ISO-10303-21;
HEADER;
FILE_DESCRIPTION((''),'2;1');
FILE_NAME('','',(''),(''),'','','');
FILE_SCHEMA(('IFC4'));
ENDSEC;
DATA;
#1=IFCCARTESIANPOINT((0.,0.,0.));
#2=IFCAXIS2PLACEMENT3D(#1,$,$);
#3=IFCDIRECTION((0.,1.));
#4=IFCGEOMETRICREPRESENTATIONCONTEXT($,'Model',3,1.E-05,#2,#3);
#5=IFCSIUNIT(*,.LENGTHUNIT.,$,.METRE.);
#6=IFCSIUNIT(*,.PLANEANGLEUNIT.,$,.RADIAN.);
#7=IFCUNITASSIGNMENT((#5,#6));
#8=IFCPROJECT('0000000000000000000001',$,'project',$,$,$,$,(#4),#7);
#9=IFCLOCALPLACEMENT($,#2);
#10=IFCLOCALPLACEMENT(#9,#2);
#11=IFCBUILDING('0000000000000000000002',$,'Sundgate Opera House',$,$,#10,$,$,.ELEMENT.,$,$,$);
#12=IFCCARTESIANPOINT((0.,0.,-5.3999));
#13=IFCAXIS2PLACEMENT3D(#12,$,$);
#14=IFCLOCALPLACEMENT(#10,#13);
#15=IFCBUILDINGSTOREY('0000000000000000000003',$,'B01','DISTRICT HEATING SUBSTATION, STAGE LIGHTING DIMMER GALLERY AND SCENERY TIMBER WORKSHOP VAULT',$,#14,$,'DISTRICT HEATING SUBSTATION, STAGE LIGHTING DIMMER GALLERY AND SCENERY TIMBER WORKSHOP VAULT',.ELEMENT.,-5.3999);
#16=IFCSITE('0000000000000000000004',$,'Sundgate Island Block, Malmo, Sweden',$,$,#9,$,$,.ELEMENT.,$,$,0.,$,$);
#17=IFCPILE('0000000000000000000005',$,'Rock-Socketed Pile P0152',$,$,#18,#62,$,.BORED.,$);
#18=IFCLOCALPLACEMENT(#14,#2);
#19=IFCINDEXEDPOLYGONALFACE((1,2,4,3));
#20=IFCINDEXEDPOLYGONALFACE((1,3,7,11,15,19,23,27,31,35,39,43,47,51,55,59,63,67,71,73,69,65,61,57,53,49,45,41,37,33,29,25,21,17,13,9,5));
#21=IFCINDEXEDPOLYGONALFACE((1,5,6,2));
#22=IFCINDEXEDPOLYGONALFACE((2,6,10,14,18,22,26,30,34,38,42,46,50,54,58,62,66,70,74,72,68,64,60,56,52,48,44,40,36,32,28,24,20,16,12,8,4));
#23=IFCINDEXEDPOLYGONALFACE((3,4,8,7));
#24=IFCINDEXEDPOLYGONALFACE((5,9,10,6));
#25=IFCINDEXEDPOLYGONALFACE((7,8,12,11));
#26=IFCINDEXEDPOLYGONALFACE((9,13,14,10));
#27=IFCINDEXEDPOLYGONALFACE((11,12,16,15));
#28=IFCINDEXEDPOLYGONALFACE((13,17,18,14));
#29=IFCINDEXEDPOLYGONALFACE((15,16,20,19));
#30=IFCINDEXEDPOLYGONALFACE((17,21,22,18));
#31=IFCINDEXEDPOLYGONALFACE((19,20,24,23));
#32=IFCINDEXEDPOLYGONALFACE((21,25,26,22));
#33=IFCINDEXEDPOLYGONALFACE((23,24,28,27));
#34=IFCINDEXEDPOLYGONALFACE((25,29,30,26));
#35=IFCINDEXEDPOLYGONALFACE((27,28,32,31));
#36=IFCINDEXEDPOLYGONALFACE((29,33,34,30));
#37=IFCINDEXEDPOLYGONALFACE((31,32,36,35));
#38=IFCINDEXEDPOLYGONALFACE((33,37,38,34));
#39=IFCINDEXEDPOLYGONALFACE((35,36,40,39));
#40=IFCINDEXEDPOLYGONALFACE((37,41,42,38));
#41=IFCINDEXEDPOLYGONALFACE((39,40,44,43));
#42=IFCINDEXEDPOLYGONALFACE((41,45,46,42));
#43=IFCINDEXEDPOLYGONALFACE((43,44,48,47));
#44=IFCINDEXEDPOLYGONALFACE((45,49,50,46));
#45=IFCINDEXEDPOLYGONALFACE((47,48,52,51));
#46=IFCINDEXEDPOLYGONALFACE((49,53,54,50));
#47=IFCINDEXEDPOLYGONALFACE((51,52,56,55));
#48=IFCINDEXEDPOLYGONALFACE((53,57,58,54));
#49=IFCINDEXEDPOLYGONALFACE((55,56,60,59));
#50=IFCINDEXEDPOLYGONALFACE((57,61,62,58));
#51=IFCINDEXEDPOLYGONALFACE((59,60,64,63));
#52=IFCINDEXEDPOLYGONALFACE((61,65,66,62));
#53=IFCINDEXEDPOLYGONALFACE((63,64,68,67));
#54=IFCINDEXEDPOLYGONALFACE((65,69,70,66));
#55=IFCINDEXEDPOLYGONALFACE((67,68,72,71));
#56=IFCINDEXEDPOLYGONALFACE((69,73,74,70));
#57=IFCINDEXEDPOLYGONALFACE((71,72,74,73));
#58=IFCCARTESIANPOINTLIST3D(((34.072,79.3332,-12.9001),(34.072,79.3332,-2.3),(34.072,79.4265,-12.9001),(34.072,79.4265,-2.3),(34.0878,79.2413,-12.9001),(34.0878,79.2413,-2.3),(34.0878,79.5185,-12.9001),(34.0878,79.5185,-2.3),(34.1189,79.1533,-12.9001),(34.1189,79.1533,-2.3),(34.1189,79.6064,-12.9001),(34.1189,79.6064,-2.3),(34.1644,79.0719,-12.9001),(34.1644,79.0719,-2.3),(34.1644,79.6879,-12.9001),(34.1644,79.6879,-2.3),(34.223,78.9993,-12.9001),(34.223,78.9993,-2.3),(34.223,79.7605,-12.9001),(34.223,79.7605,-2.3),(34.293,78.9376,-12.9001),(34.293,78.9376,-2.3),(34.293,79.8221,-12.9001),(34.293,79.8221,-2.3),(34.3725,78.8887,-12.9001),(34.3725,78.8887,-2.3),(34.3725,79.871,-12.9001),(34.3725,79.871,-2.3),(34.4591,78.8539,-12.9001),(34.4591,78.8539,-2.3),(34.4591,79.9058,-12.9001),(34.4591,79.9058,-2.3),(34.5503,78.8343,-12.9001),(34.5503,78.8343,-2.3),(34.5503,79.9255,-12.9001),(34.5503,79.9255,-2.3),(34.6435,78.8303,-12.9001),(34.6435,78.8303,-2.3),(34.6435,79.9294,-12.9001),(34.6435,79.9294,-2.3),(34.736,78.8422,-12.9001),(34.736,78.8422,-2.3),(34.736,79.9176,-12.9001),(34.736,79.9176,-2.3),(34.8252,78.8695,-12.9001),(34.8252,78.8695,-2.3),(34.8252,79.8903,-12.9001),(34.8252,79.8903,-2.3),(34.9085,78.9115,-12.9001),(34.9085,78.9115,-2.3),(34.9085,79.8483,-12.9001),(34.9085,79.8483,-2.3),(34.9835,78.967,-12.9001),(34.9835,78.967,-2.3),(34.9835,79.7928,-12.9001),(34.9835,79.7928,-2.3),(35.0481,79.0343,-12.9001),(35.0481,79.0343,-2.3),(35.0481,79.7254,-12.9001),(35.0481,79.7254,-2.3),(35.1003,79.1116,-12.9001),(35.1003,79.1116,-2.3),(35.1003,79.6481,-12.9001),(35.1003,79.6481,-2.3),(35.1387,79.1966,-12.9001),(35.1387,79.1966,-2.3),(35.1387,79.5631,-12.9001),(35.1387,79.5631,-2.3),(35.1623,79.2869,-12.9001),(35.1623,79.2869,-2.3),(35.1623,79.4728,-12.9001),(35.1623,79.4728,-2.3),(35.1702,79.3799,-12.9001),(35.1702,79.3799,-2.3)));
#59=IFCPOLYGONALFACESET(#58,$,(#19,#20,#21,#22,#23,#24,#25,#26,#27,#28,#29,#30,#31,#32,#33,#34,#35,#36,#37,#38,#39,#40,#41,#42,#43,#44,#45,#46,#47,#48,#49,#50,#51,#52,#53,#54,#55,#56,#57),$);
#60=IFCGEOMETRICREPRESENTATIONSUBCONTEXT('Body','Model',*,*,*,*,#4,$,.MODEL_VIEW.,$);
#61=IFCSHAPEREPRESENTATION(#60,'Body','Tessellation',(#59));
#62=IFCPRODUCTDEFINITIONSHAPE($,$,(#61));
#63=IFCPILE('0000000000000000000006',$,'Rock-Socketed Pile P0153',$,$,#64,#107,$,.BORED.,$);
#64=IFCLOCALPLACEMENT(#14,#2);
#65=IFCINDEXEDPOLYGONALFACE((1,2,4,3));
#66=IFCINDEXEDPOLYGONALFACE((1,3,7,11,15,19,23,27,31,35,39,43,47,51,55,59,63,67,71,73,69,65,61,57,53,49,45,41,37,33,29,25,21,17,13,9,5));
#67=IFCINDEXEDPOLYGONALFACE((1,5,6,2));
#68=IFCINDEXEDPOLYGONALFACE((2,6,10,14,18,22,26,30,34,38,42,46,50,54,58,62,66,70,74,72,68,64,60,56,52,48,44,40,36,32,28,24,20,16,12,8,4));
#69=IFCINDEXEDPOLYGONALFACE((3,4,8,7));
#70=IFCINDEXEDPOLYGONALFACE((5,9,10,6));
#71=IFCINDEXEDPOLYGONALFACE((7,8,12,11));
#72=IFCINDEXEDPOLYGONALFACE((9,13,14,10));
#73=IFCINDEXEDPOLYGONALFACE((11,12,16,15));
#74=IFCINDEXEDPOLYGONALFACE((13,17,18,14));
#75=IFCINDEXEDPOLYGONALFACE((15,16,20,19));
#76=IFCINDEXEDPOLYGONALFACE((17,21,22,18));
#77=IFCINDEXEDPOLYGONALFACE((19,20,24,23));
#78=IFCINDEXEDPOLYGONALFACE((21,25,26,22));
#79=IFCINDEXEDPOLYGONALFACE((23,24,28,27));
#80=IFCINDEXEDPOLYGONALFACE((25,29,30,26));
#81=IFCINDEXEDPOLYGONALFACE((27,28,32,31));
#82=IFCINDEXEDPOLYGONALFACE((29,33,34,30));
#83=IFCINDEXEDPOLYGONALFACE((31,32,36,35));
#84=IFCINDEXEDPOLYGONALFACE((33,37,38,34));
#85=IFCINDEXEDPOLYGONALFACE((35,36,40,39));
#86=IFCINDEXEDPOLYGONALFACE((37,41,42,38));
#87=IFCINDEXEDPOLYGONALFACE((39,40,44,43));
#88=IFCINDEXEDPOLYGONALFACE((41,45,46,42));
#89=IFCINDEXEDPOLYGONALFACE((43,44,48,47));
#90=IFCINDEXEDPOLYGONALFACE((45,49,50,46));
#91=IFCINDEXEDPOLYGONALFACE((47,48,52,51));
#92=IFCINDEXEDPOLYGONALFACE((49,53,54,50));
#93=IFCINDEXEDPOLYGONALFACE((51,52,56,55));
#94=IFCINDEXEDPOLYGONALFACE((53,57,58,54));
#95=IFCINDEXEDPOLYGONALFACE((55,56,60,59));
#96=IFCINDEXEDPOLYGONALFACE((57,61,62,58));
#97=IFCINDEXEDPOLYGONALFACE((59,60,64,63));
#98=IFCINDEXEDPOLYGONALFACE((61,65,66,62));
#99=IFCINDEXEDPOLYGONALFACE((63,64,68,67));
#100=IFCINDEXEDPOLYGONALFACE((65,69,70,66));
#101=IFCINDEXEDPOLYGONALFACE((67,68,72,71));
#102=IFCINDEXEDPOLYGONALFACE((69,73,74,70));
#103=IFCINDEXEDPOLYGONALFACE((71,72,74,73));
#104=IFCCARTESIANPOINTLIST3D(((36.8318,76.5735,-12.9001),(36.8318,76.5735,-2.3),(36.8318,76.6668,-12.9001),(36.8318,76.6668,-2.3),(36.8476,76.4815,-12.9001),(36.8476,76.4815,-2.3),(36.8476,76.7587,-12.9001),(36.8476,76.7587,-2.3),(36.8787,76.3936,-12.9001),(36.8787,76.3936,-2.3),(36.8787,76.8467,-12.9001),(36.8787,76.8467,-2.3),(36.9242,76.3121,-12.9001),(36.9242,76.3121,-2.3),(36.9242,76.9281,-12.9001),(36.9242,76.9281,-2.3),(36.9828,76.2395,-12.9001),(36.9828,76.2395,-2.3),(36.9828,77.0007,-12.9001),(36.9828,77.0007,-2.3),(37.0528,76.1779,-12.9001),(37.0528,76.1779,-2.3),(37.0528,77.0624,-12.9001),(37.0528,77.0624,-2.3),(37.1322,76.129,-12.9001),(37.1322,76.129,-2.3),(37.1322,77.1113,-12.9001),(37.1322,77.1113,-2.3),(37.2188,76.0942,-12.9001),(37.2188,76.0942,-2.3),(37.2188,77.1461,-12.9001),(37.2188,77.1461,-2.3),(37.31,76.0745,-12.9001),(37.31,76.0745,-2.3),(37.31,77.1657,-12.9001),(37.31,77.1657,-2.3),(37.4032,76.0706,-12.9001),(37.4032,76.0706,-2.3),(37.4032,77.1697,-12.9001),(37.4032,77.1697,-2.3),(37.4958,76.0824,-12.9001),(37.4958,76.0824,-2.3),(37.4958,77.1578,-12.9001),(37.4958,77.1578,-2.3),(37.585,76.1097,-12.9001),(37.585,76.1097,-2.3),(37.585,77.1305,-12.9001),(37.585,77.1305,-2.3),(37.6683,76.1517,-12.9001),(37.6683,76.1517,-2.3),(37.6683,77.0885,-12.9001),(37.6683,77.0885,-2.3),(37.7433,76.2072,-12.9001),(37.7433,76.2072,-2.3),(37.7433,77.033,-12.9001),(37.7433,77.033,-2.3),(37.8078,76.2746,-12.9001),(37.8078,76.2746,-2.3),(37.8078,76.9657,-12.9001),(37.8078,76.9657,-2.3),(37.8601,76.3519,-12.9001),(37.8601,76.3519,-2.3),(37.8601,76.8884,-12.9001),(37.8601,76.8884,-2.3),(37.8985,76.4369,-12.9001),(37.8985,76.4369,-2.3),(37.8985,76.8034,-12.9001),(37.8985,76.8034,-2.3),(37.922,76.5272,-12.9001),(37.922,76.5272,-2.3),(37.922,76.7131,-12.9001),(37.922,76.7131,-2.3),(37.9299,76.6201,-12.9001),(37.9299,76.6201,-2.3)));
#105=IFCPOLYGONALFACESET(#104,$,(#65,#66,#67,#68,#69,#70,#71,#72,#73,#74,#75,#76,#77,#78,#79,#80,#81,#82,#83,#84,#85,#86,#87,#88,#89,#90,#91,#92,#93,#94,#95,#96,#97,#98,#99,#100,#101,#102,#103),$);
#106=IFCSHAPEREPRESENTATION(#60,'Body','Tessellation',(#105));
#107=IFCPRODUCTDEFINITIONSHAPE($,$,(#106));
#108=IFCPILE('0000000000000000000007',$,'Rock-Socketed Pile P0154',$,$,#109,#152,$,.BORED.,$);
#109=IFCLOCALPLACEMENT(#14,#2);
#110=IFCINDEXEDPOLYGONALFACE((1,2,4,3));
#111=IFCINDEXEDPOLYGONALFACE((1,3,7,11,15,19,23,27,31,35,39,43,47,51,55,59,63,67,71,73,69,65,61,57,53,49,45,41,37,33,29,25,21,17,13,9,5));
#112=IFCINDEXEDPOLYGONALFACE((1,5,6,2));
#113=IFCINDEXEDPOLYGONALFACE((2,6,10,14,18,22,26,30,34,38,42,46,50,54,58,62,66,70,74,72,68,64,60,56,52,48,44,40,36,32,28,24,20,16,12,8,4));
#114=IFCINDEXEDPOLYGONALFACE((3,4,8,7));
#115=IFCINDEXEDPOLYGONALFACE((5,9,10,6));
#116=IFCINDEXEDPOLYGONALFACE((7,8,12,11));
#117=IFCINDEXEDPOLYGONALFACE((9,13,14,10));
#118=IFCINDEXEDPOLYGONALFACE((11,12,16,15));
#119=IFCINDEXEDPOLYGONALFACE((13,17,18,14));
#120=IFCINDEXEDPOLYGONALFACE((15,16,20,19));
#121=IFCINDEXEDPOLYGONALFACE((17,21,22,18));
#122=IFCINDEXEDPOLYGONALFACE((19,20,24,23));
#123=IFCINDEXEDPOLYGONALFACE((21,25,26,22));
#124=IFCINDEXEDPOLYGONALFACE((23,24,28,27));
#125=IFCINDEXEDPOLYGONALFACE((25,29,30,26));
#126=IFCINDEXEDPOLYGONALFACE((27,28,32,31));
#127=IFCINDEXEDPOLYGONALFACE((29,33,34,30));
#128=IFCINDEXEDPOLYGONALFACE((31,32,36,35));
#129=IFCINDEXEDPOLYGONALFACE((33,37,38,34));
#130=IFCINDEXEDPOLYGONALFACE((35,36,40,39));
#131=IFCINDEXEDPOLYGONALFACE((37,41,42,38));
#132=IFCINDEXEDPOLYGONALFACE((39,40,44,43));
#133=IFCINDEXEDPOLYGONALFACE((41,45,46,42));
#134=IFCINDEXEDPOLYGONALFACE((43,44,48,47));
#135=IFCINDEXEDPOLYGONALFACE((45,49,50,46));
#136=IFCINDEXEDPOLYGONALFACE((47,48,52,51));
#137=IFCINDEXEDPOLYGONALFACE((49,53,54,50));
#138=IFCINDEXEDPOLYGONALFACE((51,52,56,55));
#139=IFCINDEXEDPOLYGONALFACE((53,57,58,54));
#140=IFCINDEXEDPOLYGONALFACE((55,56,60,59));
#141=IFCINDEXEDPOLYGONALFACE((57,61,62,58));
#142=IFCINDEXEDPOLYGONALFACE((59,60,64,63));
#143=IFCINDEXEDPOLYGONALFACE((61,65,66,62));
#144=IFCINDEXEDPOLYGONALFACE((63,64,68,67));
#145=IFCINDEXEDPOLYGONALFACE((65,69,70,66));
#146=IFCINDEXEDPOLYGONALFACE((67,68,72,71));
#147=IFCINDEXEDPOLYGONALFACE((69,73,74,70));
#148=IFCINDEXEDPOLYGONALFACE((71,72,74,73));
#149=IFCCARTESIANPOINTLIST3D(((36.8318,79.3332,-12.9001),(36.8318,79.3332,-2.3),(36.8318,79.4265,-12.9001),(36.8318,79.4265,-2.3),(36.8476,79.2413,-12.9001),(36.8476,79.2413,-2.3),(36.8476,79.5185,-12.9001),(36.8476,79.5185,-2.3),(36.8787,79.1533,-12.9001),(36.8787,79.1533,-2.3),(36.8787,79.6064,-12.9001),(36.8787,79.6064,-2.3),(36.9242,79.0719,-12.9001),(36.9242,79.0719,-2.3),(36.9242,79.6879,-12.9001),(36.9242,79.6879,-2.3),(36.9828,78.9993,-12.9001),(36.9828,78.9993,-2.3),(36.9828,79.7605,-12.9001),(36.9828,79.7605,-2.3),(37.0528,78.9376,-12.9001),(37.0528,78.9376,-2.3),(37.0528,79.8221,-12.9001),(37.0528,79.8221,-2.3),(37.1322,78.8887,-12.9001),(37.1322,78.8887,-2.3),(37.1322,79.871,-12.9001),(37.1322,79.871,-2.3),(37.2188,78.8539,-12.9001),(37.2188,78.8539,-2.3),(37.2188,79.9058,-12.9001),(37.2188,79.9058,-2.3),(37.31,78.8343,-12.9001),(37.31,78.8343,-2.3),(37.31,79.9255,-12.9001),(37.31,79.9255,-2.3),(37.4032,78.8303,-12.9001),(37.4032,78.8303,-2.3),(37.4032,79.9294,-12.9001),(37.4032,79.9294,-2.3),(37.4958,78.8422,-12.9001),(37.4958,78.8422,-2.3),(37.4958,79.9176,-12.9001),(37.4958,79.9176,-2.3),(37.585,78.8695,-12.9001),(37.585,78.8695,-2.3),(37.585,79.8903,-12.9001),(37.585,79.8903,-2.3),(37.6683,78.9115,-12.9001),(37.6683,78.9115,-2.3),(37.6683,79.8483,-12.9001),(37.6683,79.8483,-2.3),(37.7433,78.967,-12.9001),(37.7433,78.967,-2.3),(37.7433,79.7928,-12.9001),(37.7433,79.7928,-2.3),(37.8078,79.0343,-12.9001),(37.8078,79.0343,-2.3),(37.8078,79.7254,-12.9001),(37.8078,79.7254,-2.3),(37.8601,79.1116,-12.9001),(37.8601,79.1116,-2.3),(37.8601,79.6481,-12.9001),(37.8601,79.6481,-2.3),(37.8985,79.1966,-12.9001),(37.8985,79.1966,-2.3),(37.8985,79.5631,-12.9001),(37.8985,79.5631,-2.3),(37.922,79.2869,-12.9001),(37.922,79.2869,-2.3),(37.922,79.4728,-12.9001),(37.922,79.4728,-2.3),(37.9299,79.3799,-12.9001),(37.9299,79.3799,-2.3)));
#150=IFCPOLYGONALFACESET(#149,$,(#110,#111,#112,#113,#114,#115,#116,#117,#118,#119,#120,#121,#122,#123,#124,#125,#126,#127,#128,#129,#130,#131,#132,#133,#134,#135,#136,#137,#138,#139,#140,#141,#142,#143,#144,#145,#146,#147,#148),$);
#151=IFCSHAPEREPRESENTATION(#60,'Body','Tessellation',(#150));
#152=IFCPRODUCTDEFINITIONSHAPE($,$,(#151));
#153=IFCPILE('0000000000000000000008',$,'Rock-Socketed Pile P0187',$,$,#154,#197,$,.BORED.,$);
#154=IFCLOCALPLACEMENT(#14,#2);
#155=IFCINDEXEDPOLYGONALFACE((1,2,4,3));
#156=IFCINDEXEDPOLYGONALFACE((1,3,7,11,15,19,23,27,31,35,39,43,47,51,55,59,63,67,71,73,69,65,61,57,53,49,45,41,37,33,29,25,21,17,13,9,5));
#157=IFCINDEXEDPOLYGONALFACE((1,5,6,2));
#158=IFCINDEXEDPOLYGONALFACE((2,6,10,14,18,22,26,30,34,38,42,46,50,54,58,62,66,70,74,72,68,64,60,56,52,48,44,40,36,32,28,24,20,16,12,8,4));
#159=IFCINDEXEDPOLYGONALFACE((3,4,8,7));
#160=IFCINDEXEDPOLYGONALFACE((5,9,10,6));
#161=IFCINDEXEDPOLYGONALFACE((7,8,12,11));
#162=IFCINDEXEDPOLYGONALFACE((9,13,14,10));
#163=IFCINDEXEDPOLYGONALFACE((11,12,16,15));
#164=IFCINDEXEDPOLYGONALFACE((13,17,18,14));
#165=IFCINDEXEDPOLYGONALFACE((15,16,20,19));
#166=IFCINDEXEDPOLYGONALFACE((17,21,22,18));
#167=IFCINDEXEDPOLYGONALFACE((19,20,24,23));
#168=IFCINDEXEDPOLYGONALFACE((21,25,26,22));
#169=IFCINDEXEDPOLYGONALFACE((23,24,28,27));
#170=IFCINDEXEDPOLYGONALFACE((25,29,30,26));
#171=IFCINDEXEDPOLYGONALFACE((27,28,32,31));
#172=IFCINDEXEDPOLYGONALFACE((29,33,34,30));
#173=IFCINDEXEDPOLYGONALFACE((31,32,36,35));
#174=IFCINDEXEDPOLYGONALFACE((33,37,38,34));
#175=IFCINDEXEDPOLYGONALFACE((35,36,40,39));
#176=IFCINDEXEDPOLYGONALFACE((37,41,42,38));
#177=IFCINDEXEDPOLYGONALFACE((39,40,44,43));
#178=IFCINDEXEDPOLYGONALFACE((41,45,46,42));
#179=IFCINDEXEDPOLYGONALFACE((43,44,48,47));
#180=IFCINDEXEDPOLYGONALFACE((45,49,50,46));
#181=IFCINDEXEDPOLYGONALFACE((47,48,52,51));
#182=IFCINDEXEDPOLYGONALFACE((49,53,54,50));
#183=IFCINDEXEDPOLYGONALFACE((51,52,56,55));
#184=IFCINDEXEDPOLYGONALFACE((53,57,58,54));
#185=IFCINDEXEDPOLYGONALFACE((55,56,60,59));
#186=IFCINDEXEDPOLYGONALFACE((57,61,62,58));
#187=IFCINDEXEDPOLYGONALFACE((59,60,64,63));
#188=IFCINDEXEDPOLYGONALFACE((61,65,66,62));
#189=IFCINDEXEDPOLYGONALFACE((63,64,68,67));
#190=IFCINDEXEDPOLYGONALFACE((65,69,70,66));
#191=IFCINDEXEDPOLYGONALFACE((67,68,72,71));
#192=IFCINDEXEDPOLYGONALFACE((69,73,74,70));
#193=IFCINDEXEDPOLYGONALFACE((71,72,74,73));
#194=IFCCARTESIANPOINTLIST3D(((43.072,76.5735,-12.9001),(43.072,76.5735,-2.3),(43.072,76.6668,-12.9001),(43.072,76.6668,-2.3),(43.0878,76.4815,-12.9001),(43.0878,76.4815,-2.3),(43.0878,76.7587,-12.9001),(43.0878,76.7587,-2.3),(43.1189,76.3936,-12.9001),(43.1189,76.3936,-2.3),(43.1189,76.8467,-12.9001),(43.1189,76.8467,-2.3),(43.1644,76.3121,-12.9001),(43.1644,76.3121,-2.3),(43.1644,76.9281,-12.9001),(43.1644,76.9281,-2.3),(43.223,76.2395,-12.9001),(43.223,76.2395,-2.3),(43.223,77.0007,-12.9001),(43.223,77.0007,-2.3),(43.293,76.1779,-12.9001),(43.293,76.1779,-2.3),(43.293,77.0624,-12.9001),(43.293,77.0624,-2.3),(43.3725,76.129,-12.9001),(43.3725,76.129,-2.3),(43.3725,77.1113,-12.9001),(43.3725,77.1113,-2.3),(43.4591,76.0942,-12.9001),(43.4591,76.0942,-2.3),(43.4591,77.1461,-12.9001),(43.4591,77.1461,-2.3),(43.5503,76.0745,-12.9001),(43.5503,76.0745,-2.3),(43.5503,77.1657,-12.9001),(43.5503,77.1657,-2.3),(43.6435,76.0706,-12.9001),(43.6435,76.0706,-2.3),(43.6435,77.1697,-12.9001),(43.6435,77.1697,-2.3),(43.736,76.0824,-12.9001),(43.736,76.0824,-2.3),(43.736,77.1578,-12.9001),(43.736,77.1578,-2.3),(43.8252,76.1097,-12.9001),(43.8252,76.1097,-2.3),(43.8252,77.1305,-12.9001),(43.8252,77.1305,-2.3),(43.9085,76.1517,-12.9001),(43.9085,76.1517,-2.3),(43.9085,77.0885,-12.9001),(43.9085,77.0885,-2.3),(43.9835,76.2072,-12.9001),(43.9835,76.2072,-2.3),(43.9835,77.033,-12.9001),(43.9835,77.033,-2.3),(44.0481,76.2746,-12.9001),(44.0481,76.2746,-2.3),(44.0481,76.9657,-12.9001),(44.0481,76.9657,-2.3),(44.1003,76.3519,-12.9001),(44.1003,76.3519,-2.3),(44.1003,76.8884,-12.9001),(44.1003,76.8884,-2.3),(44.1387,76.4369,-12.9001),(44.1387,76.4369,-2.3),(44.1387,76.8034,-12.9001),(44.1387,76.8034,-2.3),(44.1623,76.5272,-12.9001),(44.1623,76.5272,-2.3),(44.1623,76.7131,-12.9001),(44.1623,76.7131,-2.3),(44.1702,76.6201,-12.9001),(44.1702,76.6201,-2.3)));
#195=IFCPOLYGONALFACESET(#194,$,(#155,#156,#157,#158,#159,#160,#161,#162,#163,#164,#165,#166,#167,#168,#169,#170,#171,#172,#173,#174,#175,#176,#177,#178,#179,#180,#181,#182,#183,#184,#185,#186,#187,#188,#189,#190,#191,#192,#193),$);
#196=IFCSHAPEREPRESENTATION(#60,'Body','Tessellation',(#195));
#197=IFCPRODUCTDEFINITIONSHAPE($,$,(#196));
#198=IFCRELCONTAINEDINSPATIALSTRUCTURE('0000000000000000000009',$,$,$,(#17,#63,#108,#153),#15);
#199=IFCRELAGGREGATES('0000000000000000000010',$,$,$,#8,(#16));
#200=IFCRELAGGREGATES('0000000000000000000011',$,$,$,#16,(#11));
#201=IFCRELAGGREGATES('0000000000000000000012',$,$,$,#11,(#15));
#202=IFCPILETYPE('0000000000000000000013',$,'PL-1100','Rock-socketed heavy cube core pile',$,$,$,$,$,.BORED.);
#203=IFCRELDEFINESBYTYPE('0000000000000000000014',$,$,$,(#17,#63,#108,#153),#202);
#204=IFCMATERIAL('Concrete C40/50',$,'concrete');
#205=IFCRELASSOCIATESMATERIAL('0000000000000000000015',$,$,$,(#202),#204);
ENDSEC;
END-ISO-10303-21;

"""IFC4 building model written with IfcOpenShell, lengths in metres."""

from ifc_helpers import new_model, si_unit, direction, frame, origin, origin_2d, place, context, subcontext, project, spatial, circle, extrude, material, material_profile, profile_set, type_object, element, save


model = new_model("IFC4")

# Units and contexts
model_context = context("Model", 3, precision=1e-05, world=origin(), true_north=direction((0.0, 1.0)))
body_context = subcontext(model_context, "Body", "Model", "MODEL_VIEW")
ifc_project = project(units=[si_unit("LENGTHUNIT", "METRE"), si_unit("PLANEANGLEUNIT", "RADIAN")], contexts=[model_context])

# Site, building, storey
site_placement = place(None, origin())
site = spatial("IfcSite", under=ifc_project, at=site_placement, Name="Sundgate Island Block, Malmo, Sweden", CompositionType="ELEMENT", RefElevation=0.0)
building_placement = place(site_placement, origin())
building = spatial("IfcBuilding", under=site, at=building_placement, Name="Sundgate Opera House", CompositionType="ELEMENT")
storey_placement = place(building_placement, frame((0.0, 0.0, -5.3999)))
storey = spatial("IfcBuildingStorey", under=building, at=storey_placement, Name="B01", Description="DISTRICT HEATING SUBSTATION, STAGE LIGHTING DIMMER GALLERY AND SCENERY TIMBER WORKSHOP VAULT", LongName="DISTRICT HEATING SUBSTATION, STAGE LIGHTING DIMMER GALLERY AND SCENERY TIMBER WORKSHOP VAULT", CompositionType="ELEMENT", Elevation=-5.3999)

# Piles
ifc_material_1 = material(Name="Concrete C40/50", Category="concrete")
ifc_material_profile_1 = material_profile(ifc_material_1, circle(Radius=0.55, at=origin_2d()), Name="PILE D1100")
ifc_profile_set_1 = profile_set([ifc_material_profile_1], Name="Concrete C40/50")
pile_type_1 = type_object("IfcPileType", Name="PL-1100", Description="Rock-socketed heavy cube core pile", PredefinedType="BORED", material=ifc_profile_set_1)
for number, where, z_axis, x_axis, name in (
    (1, (34.6201, 79.3799, -2.3), (0.0, 0.0, -1.0), (1.0, 0.0, 0.0), "Rock-Socketed Pile P0152"),
    (2, (37.3799, 76.6201, -2.3), (0.0, 0.0, -1.0), (1.0, 0.0, 0.0), "Rock-Socketed Pile P0153"),
    (3, (37.3799, 79.3799, -2.3), (0.0, 0.0, -1.0), (1.0, 0.0, 0.0), "Rock-Socketed Pile P0154"),
    (4, (43.6201, 76.6201, -2.3), (0.0, 0.0, -1.0), (1.0, 0.0, 0.0), "Rock-Socketed Pile P0187"),
):
    element("IfcPile", number, at=place(storey_placement, frame(where, z_axis=z_axis, x_axis=x_axis)), inside=storey, type_object=pile_type_1, Name=name, PredefinedType="BORED", context=body_context, shape_type="SweptSolid", body=[
        extrude(circle(Radius=0.55, at=origin_2d()), origin(), (0.0, 0.0, 1.0), 10.6001),
    ])

save(model, "model.ifc")
